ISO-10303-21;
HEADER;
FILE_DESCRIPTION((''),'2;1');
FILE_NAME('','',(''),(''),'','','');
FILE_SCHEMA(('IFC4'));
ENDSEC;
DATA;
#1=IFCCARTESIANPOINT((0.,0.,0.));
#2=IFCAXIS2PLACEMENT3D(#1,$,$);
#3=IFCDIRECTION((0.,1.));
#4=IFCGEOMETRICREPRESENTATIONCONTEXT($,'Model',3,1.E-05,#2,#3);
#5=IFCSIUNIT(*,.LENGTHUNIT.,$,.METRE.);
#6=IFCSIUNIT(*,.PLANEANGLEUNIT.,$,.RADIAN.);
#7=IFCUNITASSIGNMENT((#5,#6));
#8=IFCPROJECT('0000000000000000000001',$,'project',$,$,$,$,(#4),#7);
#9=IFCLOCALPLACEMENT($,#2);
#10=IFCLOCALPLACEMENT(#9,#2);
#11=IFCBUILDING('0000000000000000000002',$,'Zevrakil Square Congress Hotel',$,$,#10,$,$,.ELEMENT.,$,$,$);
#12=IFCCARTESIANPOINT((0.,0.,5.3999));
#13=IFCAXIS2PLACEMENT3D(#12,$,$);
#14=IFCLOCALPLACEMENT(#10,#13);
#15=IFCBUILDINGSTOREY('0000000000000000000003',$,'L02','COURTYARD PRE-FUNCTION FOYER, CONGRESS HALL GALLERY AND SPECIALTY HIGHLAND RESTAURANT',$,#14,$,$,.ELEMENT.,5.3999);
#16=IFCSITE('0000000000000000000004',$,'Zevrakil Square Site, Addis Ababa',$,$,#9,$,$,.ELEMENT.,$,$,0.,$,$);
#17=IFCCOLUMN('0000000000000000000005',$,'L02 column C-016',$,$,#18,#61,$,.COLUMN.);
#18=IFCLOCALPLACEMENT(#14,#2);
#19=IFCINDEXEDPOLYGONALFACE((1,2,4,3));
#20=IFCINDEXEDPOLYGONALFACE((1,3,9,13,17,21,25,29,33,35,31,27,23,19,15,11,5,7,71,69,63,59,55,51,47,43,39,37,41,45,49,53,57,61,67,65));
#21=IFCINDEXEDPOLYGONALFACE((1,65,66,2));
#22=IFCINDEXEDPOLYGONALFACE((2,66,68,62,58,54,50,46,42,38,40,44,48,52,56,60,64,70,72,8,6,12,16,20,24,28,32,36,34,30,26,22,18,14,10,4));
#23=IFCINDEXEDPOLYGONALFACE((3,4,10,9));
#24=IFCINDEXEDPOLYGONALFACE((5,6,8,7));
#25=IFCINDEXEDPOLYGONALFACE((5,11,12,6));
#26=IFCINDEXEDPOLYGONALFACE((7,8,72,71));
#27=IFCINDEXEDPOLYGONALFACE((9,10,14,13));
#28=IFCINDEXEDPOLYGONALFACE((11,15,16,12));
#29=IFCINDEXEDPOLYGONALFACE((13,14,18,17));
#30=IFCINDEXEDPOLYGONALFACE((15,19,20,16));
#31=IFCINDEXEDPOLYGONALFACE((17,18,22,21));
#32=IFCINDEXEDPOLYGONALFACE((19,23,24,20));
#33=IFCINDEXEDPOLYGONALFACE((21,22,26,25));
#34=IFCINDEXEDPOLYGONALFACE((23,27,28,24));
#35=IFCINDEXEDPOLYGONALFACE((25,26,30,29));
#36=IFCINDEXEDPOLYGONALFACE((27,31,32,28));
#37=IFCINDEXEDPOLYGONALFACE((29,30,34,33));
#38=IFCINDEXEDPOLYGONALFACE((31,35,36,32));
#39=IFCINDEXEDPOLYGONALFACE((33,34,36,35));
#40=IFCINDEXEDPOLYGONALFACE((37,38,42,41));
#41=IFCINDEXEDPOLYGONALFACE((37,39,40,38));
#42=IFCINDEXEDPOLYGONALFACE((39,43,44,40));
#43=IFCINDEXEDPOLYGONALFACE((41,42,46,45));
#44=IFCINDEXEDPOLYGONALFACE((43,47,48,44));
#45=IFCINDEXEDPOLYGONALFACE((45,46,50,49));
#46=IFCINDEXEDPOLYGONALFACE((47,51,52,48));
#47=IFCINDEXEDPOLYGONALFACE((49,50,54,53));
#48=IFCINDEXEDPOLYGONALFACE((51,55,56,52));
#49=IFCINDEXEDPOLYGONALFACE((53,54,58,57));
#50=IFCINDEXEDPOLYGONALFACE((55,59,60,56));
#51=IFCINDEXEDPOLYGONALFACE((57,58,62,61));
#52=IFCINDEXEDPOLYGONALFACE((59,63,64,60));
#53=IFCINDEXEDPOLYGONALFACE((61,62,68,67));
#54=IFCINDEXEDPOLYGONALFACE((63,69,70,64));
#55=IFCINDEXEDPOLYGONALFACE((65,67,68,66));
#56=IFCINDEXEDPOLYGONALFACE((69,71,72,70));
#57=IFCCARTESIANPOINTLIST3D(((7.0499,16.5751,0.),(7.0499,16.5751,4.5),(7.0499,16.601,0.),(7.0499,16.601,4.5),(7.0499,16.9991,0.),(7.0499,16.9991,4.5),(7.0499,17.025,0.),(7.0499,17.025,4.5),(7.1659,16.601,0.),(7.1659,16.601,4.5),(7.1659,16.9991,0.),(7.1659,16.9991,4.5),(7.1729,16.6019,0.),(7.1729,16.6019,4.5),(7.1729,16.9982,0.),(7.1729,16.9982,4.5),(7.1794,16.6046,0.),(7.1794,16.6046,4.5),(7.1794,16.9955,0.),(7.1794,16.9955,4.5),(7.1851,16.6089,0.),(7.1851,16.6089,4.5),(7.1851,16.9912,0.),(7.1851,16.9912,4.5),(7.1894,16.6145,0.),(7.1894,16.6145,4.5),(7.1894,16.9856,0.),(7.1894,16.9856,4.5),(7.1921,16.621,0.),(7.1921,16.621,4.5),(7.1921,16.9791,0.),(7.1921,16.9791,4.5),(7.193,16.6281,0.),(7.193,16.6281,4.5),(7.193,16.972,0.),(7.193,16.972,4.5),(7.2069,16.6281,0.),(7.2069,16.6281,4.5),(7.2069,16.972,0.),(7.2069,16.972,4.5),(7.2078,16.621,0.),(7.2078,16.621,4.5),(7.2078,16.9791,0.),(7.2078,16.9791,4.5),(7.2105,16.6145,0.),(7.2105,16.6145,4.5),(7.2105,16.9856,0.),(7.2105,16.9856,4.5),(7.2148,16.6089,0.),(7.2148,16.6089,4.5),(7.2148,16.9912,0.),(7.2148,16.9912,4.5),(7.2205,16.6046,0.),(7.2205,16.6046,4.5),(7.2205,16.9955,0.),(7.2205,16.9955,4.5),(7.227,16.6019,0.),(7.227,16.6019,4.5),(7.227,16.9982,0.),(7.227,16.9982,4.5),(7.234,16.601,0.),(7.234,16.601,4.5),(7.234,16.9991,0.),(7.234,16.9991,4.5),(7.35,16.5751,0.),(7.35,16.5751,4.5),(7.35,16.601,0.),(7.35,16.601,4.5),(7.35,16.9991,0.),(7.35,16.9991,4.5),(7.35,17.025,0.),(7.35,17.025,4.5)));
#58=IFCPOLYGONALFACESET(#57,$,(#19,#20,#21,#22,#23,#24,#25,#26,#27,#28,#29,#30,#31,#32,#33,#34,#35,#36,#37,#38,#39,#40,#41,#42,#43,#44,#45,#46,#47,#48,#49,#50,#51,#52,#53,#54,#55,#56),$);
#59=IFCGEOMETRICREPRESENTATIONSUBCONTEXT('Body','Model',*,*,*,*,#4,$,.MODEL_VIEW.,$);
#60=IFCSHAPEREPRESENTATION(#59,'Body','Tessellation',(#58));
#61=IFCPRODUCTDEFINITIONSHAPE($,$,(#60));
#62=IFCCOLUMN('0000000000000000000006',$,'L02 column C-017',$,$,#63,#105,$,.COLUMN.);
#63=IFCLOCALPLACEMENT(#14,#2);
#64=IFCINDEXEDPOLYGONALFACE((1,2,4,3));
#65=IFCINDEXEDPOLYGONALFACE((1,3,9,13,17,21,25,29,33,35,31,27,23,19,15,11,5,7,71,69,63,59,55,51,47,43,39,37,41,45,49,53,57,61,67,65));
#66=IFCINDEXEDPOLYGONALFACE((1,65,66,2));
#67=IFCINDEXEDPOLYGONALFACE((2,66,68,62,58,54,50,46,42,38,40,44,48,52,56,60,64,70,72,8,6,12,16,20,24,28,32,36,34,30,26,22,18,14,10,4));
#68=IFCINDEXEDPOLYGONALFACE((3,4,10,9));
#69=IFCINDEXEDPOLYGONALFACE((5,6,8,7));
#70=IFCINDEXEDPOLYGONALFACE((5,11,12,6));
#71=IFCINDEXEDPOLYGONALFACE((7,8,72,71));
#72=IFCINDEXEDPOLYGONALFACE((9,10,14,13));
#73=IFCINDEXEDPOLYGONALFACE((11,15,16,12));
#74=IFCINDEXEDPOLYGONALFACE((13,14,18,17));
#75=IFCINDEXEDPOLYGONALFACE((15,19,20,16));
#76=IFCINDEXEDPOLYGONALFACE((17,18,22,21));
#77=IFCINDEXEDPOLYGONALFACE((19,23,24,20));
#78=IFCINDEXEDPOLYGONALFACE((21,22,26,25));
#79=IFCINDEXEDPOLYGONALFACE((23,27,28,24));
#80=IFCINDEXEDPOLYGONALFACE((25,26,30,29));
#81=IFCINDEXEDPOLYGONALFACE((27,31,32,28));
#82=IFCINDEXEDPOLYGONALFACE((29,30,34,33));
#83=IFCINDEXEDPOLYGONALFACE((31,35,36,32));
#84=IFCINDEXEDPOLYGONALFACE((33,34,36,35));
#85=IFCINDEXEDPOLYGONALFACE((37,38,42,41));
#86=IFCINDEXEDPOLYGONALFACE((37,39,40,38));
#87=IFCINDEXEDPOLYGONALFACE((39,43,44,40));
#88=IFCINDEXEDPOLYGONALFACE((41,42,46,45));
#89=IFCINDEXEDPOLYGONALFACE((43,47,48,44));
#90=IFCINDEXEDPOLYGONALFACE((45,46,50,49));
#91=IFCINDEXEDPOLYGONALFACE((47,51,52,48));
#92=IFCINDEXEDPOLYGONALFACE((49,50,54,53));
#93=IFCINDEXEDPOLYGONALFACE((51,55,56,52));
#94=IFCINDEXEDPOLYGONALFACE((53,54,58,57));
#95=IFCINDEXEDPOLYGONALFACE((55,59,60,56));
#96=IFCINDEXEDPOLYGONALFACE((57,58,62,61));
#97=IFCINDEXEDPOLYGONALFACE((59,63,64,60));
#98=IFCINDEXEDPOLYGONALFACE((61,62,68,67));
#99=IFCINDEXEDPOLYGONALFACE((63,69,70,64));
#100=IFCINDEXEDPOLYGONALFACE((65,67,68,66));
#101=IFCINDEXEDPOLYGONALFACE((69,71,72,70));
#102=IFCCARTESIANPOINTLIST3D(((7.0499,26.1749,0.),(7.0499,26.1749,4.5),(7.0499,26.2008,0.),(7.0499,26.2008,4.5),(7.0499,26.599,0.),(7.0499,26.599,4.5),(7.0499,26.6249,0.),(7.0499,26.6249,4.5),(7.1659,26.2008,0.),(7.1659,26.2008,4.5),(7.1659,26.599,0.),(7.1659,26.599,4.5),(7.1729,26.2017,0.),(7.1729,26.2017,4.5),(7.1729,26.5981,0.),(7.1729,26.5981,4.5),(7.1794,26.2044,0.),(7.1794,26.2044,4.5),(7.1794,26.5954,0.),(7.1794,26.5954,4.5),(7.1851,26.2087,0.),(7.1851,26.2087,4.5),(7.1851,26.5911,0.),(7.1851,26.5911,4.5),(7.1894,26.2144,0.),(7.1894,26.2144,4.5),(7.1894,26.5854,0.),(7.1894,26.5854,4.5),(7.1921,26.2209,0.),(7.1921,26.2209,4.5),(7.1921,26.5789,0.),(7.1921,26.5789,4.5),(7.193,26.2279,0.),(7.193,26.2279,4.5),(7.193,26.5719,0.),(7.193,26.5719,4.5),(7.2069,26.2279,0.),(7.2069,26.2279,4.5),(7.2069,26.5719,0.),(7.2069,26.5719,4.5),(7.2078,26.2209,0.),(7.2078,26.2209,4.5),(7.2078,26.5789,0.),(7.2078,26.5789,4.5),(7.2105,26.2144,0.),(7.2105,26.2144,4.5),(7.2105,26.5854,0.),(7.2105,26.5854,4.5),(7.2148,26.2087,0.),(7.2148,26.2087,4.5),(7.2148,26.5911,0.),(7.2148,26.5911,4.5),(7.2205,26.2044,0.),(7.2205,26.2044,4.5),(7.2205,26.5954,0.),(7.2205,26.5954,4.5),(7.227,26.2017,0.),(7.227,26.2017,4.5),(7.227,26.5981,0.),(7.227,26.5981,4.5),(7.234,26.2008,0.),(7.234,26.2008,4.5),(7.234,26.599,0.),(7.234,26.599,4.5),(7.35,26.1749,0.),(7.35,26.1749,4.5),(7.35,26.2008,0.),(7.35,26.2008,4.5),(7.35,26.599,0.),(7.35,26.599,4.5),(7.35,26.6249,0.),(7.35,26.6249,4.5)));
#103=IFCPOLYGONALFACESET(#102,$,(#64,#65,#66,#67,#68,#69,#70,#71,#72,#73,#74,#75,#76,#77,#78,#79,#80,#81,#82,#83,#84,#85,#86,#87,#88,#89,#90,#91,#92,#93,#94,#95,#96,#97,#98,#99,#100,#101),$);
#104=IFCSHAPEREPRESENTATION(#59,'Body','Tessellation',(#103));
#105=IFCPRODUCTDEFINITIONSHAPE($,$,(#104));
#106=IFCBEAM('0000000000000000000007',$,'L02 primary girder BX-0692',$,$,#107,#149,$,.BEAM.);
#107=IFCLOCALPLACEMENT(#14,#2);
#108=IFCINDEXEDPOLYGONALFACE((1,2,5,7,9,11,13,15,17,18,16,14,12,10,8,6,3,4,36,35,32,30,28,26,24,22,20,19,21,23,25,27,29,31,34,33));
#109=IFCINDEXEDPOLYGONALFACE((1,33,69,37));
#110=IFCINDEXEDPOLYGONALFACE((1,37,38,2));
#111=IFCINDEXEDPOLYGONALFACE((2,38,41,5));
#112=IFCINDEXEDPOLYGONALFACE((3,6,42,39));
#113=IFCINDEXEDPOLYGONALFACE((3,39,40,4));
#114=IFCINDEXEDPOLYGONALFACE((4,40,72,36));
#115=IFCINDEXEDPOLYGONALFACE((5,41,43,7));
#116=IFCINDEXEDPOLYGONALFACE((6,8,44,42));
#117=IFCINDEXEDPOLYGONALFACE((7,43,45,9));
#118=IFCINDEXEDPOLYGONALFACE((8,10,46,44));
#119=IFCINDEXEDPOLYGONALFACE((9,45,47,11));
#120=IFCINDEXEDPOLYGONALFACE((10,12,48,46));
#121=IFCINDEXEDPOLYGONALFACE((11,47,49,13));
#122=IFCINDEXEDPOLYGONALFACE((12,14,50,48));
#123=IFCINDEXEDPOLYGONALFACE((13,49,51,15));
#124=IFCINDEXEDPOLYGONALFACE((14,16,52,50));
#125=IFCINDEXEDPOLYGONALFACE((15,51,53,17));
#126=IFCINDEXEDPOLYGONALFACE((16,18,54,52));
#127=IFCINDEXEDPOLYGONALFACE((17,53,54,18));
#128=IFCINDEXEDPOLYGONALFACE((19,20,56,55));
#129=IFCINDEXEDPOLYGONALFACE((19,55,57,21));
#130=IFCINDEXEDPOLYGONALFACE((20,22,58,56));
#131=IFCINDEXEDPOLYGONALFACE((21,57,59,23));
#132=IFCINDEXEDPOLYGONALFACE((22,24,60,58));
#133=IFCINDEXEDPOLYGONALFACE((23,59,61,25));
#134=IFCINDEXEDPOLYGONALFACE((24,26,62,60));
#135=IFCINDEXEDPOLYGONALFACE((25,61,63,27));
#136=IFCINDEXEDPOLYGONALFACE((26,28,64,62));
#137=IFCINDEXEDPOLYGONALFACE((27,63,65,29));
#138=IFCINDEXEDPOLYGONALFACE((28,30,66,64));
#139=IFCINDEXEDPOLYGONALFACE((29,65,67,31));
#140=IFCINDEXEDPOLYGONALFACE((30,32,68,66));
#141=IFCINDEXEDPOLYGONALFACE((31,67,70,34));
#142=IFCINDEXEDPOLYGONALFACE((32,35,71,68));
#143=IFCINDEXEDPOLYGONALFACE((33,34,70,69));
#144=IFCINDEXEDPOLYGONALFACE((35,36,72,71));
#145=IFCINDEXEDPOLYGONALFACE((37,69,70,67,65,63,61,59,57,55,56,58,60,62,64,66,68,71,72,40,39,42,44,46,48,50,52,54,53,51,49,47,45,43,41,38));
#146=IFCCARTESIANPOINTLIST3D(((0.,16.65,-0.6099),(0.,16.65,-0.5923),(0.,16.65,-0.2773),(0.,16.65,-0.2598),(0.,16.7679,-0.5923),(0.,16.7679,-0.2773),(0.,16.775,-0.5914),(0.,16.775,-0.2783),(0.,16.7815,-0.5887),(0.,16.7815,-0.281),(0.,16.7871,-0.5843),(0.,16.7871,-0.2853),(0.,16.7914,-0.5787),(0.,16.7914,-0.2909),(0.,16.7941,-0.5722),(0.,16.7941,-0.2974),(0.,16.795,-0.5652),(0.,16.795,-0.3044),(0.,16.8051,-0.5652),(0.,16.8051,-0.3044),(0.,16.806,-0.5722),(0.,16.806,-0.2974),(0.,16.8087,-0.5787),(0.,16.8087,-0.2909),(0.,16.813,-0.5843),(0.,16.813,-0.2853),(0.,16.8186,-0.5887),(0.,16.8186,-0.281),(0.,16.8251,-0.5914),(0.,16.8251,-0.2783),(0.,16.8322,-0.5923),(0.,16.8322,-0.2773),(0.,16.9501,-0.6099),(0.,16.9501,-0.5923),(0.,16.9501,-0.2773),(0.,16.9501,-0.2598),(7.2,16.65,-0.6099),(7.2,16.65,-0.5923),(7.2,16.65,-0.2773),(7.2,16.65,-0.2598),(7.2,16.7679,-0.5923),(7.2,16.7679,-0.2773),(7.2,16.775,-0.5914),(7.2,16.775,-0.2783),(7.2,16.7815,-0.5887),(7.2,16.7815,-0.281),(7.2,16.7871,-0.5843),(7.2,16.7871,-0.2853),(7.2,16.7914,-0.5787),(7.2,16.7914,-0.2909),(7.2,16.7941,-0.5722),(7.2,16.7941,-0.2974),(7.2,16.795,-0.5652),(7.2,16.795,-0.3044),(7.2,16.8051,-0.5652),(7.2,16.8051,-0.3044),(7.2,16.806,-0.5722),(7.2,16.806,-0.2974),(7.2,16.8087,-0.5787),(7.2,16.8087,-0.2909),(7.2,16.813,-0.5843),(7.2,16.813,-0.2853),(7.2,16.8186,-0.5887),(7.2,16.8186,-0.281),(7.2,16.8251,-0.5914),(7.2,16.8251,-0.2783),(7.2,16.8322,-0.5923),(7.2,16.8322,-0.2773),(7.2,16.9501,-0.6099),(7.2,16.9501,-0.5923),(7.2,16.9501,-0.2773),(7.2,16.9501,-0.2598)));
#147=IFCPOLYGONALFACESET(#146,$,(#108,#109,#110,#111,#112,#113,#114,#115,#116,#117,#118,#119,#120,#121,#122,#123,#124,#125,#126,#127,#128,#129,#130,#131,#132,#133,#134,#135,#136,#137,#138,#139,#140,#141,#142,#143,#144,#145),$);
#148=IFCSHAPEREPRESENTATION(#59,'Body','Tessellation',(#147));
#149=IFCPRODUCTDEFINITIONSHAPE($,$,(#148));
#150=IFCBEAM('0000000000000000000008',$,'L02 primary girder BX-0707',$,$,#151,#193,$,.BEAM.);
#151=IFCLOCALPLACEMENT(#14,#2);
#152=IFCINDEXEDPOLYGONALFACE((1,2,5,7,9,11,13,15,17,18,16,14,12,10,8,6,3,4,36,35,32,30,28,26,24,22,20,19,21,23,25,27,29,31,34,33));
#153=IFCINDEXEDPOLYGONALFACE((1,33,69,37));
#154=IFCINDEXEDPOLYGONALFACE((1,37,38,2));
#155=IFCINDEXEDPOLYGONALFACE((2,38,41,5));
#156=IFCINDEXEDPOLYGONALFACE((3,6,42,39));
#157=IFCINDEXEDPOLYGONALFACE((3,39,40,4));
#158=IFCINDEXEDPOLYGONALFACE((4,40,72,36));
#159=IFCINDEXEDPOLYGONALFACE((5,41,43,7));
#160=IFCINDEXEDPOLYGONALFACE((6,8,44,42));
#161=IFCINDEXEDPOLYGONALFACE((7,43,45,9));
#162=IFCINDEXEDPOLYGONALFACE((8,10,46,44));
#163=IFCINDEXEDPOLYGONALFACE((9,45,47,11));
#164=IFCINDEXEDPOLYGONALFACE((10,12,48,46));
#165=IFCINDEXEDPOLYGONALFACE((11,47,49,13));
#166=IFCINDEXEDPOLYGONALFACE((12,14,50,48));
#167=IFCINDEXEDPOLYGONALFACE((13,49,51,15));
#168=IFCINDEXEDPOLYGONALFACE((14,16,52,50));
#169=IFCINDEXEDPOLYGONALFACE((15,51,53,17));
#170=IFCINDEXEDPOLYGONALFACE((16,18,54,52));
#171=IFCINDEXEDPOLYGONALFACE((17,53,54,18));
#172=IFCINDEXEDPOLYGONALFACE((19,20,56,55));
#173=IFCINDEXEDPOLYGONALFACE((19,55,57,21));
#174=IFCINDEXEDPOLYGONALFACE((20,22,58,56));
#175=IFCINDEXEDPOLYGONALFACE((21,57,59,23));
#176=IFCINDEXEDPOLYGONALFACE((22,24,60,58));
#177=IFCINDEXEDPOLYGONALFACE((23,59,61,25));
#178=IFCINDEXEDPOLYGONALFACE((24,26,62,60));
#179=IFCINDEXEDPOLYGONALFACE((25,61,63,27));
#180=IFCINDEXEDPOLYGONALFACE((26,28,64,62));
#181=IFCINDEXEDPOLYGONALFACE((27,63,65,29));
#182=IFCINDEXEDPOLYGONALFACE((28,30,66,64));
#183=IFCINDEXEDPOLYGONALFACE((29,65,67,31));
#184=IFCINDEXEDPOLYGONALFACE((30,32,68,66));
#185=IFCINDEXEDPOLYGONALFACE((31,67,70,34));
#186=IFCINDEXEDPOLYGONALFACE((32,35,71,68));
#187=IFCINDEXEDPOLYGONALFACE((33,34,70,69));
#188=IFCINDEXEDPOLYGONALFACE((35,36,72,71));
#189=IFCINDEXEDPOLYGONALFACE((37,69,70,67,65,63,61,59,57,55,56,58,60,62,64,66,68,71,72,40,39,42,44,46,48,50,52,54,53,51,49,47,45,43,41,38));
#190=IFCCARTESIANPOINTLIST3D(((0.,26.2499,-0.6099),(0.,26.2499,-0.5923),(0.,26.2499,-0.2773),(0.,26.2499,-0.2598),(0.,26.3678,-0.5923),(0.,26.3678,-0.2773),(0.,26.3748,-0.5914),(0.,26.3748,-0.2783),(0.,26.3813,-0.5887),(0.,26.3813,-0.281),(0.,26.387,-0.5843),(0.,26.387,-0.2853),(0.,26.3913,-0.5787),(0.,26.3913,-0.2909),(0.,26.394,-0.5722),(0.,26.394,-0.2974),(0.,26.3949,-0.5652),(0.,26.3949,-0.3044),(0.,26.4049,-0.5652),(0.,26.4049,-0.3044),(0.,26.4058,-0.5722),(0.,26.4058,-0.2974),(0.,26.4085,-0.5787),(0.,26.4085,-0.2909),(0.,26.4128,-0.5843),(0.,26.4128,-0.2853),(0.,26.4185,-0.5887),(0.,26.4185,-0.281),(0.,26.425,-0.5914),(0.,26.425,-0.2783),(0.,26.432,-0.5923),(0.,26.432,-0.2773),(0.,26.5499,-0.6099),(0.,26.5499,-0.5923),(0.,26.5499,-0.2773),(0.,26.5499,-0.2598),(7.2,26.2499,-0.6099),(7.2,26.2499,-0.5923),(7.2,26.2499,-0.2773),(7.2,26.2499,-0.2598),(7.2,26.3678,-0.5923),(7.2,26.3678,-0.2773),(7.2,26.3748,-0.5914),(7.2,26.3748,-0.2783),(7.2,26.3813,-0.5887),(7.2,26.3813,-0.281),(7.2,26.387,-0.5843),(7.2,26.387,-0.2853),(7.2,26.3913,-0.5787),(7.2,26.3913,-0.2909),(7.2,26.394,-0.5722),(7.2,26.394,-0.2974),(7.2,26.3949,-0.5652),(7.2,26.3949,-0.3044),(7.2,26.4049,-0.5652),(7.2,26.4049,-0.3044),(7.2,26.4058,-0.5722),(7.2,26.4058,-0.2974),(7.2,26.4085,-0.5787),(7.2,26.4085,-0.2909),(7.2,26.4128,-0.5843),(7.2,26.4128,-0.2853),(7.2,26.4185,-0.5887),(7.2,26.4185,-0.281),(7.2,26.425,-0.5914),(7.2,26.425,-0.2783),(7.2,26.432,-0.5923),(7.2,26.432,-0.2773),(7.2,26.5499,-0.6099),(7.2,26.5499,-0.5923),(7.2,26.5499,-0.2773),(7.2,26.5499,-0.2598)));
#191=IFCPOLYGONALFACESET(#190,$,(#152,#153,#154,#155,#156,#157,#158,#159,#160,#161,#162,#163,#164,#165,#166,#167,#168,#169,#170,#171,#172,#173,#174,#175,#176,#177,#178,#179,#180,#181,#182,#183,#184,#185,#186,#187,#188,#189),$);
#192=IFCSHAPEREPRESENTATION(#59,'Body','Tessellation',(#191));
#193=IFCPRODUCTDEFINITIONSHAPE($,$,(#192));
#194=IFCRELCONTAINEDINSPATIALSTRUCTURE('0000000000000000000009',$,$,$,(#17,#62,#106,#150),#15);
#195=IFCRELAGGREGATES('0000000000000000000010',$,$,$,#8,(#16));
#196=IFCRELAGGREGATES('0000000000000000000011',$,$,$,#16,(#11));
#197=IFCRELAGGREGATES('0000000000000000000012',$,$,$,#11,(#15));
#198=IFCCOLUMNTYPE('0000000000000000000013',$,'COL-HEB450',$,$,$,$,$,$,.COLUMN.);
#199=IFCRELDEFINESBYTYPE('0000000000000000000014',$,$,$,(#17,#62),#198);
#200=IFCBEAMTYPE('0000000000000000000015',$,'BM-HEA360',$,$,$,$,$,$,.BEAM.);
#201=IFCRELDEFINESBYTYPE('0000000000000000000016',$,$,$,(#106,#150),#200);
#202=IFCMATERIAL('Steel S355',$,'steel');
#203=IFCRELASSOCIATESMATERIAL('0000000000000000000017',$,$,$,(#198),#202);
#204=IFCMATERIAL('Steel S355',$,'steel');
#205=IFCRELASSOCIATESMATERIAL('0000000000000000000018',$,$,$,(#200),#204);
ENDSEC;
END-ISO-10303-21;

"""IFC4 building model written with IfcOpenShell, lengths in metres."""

from ifc_helpers import new_model, si_unit, direction, frame, origin, origin_2d, place, context, subcontext, project, spatial, i_section, extrude, material, material_profile, profile_set, type_object, element, save


model = new_model("IFC4")

# Units and contexts
model_context = context("Model", 3, precision=1e-05, world=origin(), true_north=direction((0.0, 1.0)))
body_context = subcontext(model_context, "Body", "Model", "MODEL_VIEW")
ifc_project = project(units=[si_unit("LENGTHUNIT", "METRE"), si_unit("PLANEANGLEUNIT", "RADIAN")], contexts=[model_context])

# Site, building, storey
site_placement = place(None, origin())
site = spatial("IfcSite", under=ifc_project, at=site_placement, Name="Zevrakil Square Site, Addis Ababa", CompositionType="ELEMENT", RefElevation=0.0)
building_placement = place(site_placement, origin())
building = spatial("IfcBuilding", under=site, at=building_placement, Name="Zevrakil Square Congress Hotel", CompositionType="ELEMENT")
storey_placement = place(building_placement, frame((0.0, 0.0, 5.3999)))
storey = spatial("IfcBuildingStorey", under=building, at=storey_placement, Name="L02", Description="COURTYARD PRE-FUNCTION FOYER, CONGRESS HALL GALLERY AND SPECIALTY HIGHLAND RESTAURANT", CompositionType="ELEMENT", Elevation=5.3999)

# Columns
ifc_material_1 = material(Name="Steel S355", Category="steel")
ifc_material_profile_1 = material_profile(ifc_material_1, i_section(OverallWidth=0.3, OverallDepth=0.45, WebThickness=0.0139, FlangeThickness=0.0259, FilletRadius=0.0271, at=origin_2d()), Name="HEB 450")
ifc_profile_set_1 = profile_set([ifc_material_profile_1], Name="Steel S355")
column_type = type_object("IfcColumnType", Name="COL-HEB450", PredefinedType="COLUMN", material=ifc_profile_set_1)
for number, where, z_axis, x_axis, name in (
    (1, (7.2, 16.8, 0.0), (0.0, 0.0, 1.0), (1.0, 0.0, 0.0), "L02 column C-016"),
    (2, (7.2, 26.3999, 0.0), (0.0, 0.0, 1.0), (1.0, 0.0, 0.0), "L02 column C-017"),
):
    element("IfcColumn", number, at=place(storey_placement, frame(where, z_axis=z_axis, x_axis=x_axis)), inside=storey, type_object=column_type, Name=name, PredefinedType="COLUMN", context=body_context, shape_type="SweptSolid", body=[
        extrude(i_section(OverallWidth=0.3, OverallDepth=0.45, WebThickness=0.0139, FlangeThickness=0.0259, FilletRadius=0.0271, at=origin_2d()), origin(), (0.0, 0.0, 1.0), 4.5),
    ])

# Beams
ifc_material_2 = material(Name="Steel S355", Category="steel")
ifc_material_profile_2 = material_profile(ifc_material_2, i_section(OverallWidth=0.3, OverallDepth=0.3501, WebThickness=0.01, FlangeThickness=0.0176, FilletRadius=0.0271, at=origin_2d()), Name="HEA 360")
ifc_profile_set_2 = profile_set([ifc_material_profile_2], Name="Steel S355")
beam_type_1 = type_object("IfcBeamType", Name="BM-HEA360", PredefinedType="BEAM", material=ifc_profile_set_2)
for number, where, z_axis, x_axis, name in (
    (3, (0.0, 16.8, -0.4348), (1.0, 0.0, 0.0), (0.0, 1.0, 0.0), "L02 primary girder BX-0692"),
    (4, (0.0, 26.3999, -0.4348), (1.0, 0.0, 0.0), (0.0, 1.0, 0.0), "L02 primary girder BX-0707"),
):
    element("IfcBeam", number, at=place(storey_placement, frame(where, z_axis=z_axis, x_axis=x_axis)), inside=storey, type_object=beam_type_1, Name=name, PredefinedType="BEAM", context=body_context, shape_type="SweptSolid", body=[
        extrude(i_section(OverallWidth=0.3, OverallDepth=0.3501, WebThickness=0.01, FlangeThickness=0.0176, FilletRadius=0.0271, at=origin_2d()), origin(), (0.0, 0.0, 1.0), 7.2),
    ])

save(model, "model.ifc")
